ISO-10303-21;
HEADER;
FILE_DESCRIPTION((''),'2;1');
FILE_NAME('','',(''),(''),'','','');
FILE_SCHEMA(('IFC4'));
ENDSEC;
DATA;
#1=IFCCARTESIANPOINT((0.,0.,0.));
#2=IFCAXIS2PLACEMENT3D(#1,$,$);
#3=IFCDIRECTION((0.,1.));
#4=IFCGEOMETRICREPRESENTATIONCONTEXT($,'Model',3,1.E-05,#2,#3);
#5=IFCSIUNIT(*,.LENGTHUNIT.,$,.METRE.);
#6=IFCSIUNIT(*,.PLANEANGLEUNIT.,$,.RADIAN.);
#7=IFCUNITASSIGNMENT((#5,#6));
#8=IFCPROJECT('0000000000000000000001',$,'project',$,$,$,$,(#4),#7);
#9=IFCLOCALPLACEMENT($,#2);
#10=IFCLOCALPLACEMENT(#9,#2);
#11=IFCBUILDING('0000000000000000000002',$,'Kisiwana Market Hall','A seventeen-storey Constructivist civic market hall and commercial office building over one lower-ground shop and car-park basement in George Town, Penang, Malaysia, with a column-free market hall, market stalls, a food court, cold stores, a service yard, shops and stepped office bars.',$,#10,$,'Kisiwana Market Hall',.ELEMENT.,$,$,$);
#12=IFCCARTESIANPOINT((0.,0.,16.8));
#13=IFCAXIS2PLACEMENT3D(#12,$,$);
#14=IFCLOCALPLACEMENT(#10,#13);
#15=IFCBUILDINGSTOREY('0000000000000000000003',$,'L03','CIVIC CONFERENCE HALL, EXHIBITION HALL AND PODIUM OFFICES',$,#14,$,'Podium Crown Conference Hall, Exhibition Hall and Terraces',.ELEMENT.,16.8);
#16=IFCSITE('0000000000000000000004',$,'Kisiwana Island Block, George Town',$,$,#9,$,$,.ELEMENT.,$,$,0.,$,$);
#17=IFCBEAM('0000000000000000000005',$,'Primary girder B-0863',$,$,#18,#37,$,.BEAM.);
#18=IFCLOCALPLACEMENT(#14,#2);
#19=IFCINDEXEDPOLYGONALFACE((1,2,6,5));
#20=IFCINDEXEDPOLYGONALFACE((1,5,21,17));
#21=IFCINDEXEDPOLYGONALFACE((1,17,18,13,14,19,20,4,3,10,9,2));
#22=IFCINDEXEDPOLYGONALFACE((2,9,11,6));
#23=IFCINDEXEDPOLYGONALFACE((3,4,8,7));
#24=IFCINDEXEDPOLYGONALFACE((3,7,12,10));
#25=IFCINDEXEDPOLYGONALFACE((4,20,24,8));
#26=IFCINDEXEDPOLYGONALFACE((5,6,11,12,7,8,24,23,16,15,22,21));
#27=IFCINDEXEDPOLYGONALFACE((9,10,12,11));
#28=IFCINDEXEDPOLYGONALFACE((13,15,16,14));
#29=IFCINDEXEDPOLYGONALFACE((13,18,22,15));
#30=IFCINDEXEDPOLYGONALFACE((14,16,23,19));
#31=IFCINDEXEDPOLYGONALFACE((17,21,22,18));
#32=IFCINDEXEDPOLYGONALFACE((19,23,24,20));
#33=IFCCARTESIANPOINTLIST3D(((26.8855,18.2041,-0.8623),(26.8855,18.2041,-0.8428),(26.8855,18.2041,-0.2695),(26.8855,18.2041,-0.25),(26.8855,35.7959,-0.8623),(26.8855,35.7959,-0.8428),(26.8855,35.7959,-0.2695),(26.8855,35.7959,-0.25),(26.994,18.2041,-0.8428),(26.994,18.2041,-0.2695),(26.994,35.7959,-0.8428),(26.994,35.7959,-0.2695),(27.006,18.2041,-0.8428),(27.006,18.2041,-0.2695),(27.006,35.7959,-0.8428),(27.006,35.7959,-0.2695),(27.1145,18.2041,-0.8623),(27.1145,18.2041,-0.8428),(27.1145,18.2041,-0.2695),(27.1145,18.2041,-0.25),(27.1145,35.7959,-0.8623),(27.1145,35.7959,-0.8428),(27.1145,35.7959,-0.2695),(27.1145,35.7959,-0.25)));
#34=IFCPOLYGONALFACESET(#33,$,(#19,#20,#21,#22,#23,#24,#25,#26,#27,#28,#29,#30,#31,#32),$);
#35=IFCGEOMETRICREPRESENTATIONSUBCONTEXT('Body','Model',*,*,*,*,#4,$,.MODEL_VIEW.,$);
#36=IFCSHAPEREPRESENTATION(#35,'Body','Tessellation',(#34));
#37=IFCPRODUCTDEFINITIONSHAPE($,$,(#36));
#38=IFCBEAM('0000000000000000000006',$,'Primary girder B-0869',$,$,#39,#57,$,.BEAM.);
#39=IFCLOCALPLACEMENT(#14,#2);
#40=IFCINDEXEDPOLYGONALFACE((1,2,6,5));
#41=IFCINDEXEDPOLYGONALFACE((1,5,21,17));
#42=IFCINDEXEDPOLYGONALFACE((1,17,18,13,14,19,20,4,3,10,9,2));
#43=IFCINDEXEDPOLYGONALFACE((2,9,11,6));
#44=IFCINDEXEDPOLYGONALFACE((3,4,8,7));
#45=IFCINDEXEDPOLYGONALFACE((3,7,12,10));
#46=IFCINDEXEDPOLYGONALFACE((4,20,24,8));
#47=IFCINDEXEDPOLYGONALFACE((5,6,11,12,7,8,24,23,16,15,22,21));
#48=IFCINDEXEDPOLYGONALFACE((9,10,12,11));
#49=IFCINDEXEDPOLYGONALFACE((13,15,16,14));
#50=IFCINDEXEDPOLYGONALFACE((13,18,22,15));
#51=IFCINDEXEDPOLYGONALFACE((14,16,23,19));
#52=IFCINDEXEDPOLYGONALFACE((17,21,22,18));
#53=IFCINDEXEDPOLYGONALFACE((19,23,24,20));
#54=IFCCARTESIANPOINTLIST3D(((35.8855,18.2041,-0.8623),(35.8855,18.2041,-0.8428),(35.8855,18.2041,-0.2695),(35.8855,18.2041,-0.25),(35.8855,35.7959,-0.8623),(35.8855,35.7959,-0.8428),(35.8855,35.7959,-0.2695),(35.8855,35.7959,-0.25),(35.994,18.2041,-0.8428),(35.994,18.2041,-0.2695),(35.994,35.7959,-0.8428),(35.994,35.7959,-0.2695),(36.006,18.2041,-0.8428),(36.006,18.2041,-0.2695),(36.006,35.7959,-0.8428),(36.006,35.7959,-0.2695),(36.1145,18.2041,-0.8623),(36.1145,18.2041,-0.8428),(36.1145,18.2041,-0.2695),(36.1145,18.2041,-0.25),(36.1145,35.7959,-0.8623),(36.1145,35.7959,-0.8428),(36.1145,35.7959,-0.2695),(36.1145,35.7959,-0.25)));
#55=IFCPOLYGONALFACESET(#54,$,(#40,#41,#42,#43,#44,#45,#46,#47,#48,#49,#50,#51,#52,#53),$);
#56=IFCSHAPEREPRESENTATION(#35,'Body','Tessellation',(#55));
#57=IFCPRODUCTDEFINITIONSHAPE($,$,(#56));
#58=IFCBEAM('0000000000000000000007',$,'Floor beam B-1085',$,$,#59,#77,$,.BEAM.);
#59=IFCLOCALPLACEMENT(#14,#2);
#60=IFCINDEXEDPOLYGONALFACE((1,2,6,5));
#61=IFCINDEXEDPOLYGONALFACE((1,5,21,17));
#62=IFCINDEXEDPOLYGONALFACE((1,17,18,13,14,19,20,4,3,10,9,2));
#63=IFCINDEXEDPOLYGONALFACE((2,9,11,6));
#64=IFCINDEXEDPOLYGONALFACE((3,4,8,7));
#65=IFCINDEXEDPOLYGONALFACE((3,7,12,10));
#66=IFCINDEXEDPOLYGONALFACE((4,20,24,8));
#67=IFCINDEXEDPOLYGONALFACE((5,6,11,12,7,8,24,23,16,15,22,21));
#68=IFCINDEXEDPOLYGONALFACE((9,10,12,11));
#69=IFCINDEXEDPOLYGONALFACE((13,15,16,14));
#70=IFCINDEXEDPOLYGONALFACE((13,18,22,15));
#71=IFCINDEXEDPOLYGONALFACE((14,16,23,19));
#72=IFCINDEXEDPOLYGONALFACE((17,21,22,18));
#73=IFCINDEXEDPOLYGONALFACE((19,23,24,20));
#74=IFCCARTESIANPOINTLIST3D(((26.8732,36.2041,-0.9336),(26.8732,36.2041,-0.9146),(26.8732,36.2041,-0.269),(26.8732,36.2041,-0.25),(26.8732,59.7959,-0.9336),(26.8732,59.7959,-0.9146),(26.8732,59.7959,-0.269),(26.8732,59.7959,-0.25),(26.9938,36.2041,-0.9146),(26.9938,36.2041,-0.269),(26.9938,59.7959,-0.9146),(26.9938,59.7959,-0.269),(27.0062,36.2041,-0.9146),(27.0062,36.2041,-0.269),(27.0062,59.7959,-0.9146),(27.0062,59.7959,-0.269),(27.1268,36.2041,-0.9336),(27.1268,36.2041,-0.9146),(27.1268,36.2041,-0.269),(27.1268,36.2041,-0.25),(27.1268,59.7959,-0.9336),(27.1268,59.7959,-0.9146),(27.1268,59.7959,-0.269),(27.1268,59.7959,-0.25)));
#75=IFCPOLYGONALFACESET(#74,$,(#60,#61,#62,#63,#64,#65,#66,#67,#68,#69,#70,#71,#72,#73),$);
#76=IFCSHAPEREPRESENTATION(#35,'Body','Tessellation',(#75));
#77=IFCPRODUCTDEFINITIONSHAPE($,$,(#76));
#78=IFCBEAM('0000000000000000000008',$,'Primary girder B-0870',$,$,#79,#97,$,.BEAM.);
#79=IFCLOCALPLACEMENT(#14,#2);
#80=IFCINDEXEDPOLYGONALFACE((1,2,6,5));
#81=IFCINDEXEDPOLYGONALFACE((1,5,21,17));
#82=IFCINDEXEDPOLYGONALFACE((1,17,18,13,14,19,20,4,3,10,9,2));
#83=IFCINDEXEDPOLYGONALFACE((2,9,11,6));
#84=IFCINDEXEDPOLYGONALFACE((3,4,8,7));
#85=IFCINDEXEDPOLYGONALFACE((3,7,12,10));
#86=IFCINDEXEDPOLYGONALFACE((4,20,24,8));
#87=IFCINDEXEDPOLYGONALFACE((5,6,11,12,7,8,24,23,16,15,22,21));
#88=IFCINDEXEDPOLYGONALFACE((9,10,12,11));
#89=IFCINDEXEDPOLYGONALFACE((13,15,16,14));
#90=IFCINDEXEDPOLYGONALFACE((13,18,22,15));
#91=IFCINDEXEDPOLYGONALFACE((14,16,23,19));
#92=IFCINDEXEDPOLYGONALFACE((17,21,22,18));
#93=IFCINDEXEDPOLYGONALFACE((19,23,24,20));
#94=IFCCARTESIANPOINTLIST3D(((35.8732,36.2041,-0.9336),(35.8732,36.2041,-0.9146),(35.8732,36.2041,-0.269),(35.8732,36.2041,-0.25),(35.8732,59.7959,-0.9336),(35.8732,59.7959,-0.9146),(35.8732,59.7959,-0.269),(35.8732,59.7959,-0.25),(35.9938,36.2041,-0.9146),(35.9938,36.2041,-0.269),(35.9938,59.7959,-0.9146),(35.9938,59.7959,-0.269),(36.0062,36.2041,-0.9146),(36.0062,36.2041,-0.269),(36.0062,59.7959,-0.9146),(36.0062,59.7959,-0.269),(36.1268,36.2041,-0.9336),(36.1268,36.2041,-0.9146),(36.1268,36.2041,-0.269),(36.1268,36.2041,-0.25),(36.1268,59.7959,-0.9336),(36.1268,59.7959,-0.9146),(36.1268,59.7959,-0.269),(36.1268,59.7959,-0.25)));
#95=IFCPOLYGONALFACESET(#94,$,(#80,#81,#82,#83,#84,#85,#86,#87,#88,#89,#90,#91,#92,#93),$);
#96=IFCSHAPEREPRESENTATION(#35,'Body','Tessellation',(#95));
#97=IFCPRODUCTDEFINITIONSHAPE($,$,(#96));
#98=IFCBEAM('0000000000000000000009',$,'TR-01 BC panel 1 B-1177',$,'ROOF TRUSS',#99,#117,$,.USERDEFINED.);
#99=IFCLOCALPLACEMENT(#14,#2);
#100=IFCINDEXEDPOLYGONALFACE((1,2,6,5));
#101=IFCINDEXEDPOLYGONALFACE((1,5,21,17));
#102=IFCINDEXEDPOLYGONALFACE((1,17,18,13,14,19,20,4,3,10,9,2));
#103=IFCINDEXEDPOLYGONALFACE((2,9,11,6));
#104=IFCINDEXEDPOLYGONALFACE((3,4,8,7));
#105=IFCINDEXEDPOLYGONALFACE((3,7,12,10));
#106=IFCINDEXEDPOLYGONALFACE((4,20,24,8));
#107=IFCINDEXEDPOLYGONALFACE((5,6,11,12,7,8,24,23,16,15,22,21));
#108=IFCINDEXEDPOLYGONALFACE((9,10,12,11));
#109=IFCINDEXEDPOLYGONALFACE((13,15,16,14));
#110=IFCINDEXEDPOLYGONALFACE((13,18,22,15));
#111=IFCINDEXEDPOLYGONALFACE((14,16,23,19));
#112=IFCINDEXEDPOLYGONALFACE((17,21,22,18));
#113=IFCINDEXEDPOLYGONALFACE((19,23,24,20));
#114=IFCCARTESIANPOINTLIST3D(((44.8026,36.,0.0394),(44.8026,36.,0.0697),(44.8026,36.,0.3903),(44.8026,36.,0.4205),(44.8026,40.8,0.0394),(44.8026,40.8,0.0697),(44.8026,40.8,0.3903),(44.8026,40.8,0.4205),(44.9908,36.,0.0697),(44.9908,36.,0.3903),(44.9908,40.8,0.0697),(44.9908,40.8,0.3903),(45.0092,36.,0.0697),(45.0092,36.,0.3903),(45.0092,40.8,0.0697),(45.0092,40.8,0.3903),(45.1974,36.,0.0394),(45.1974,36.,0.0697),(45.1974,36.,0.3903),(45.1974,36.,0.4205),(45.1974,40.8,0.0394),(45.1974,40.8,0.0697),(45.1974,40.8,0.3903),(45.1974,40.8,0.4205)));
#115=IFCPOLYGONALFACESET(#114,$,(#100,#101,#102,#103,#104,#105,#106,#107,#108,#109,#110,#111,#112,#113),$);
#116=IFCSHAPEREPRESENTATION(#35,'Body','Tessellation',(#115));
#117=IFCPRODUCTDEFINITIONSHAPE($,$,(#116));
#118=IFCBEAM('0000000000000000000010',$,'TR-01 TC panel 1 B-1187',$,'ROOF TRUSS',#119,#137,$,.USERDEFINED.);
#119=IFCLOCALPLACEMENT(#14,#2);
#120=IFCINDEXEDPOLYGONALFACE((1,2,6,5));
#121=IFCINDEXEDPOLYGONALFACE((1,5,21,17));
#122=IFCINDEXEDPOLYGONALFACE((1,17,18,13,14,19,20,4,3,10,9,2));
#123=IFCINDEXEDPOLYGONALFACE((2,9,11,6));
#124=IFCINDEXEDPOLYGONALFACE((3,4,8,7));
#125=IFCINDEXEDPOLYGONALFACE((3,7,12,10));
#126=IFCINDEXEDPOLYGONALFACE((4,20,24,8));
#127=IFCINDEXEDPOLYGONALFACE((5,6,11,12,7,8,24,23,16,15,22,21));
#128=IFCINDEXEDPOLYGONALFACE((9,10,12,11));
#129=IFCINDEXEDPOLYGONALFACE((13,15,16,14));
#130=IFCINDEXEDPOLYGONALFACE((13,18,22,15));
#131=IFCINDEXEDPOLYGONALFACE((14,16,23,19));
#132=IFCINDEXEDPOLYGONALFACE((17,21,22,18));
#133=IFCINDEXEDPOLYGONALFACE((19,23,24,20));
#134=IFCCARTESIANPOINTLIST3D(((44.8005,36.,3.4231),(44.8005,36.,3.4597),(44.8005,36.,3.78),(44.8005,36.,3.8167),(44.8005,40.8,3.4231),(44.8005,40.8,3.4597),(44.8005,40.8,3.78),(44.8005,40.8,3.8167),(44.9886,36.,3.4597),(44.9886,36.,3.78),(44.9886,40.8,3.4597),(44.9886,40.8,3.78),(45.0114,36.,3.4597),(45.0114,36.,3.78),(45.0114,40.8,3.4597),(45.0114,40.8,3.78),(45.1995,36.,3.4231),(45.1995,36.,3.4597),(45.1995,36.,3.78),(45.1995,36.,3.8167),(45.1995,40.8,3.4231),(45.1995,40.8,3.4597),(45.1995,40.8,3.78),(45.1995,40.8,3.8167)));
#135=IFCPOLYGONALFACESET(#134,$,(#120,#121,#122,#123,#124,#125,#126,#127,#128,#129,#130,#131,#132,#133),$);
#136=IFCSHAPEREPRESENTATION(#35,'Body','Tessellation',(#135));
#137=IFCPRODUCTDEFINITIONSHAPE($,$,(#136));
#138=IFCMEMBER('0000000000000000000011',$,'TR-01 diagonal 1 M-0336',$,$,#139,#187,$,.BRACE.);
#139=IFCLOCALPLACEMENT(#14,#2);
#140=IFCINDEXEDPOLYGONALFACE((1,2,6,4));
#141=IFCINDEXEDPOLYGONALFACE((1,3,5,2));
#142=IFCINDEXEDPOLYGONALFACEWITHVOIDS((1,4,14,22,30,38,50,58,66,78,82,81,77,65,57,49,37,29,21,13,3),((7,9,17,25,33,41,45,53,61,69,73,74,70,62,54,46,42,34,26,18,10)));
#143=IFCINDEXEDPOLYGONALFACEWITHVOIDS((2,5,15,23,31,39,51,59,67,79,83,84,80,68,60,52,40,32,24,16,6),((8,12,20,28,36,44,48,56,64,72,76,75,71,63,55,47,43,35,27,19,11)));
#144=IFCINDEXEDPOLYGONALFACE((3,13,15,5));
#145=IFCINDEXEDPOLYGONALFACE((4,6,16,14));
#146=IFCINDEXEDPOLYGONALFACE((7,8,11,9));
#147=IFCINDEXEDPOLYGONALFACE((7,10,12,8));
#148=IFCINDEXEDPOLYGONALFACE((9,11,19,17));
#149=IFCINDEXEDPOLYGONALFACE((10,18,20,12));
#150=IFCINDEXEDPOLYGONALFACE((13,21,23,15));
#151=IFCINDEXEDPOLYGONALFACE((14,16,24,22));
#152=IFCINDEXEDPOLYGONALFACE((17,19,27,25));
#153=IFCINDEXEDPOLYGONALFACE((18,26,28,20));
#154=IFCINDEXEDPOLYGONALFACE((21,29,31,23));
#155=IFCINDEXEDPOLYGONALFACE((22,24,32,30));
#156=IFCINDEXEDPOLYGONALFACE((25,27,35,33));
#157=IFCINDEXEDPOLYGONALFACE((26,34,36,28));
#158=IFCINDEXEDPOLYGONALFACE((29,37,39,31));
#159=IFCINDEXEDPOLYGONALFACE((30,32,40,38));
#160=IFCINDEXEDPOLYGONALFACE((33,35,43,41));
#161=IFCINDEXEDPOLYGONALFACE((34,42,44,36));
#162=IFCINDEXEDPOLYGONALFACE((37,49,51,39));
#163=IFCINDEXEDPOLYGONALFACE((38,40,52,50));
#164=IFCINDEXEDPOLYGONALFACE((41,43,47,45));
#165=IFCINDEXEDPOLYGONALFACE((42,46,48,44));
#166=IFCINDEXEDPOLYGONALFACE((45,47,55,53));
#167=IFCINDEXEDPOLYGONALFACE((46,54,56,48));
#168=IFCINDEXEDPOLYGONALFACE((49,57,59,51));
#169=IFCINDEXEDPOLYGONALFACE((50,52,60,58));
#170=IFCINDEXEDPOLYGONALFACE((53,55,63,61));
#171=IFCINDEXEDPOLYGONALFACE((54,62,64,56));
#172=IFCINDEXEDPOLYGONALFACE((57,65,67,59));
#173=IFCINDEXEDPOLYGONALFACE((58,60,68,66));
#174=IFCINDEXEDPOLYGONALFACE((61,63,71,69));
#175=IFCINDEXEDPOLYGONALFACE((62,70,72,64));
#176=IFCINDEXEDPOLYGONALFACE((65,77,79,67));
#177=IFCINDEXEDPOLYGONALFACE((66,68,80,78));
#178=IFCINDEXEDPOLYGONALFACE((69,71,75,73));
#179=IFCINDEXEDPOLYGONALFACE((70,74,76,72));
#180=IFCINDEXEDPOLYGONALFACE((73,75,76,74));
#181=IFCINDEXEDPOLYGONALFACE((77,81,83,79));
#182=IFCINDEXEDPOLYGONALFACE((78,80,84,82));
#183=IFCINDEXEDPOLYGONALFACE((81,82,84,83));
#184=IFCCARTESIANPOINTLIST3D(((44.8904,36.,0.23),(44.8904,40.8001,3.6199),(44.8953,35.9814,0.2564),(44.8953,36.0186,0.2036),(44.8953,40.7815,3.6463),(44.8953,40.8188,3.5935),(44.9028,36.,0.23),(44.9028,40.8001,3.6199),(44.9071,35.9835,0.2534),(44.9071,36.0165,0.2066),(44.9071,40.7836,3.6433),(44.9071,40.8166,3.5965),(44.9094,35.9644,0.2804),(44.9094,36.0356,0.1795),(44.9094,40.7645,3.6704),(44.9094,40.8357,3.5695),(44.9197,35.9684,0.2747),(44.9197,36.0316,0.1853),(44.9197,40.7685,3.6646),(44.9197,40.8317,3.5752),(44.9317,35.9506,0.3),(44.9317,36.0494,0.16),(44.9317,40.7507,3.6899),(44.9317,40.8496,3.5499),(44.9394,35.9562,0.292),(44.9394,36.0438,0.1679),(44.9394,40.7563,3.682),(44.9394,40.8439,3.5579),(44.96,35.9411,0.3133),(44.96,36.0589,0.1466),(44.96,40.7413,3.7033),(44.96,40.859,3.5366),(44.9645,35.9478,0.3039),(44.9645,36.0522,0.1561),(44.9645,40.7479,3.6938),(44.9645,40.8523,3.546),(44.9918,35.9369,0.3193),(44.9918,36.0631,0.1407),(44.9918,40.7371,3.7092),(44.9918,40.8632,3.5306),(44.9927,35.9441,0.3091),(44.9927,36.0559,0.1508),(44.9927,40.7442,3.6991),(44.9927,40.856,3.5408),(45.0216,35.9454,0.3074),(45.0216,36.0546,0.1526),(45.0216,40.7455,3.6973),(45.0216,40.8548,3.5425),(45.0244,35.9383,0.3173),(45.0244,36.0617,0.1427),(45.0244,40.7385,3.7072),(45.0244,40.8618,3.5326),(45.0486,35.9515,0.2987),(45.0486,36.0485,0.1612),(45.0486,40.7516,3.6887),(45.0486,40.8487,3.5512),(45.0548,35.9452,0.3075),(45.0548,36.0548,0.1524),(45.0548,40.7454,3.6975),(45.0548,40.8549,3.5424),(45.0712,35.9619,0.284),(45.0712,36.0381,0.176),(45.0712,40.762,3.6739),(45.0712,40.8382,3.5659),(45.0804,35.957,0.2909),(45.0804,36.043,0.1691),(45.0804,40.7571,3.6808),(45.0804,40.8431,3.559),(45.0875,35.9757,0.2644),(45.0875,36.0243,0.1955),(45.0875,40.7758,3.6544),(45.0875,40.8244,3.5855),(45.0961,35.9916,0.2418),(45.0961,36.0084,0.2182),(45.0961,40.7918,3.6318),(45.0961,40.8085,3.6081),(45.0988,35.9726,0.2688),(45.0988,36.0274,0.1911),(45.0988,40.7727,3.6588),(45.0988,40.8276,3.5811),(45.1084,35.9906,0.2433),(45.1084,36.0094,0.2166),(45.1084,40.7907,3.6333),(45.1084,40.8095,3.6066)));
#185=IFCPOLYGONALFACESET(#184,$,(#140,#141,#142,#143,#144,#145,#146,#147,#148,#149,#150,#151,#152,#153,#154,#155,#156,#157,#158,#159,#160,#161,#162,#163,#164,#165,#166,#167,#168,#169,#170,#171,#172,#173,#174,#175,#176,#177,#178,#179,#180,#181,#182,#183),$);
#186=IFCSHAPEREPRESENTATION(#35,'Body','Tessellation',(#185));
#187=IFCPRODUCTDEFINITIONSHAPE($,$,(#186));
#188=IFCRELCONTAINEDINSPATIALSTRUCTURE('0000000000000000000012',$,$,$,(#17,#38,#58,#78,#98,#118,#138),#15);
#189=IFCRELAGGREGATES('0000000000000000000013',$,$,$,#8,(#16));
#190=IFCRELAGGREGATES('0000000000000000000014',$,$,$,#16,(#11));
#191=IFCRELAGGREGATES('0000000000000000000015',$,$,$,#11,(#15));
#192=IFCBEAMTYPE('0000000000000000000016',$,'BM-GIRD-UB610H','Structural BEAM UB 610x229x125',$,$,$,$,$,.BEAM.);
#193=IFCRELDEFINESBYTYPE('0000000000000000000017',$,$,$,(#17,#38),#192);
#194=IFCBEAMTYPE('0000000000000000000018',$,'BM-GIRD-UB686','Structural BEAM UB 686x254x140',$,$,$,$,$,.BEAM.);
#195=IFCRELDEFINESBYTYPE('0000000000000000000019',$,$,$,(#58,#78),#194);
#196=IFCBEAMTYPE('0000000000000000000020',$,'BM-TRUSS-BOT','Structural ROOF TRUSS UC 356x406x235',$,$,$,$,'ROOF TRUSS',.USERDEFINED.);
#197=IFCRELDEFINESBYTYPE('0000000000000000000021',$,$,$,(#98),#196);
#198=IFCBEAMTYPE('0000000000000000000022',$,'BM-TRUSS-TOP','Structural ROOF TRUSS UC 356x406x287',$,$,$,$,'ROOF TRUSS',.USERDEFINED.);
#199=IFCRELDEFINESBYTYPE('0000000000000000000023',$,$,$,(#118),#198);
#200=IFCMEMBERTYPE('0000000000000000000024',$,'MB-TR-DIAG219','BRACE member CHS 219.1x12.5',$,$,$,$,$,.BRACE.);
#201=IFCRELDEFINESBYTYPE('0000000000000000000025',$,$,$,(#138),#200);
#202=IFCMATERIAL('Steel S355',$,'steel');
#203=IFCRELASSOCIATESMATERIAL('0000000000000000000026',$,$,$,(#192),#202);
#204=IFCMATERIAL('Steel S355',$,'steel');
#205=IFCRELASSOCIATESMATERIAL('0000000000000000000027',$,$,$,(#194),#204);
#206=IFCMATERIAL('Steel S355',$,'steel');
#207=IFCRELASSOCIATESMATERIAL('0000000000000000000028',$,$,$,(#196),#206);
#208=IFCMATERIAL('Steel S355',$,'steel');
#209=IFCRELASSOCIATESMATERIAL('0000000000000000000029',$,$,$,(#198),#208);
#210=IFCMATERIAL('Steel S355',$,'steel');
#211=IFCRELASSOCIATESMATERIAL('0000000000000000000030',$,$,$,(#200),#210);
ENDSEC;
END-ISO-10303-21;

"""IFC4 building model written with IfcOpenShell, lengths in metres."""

from ifc_helpers import new_model, si_unit, direction, frame, origin, origin_2d, place, context, subcontext, project, spatial, hollow_circle, i_section, extrude, material, material_profile, profile_set, type_object, element, save


model = new_model("IFC4")

# Units and contexts
model_context = context("Model", 3, precision=1e-05, world=origin(), true_north=direction((0.0, 1.0)))
body_context = subcontext(model_context, "Body", "Model", "MODEL_VIEW")
ifc_project = project(units=[si_unit("LENGTHUNIT", "METRE"), si_unit("PLANEANGLEUNIT", "RADIAN")], contexts=[model_context])

# Site, building, storey
site_placement = place(None, origin())
site = spatial("IfcSite", under=ifc_project, at=site_placement, Name="Kisiwana Island Block, George Town", CompositionType="ELEMENT", RefElevation=0.0)
building_placement = place(site_placement, origin())
building = spatial("IfcBuilding", under=site, at=building_placement, Name="Kisiwana Market Hall", Description="A seventeen-storey Constructivist civic market hall and commercial office building over one lower-ground shop and car-park basement in George Town, Penang, Malaysia, with a column-free market hall, market stalls, a food court, cold stores, a service yard, shops and stepped office bars.", LongName="Kisiwana Market Hall", CompositionType="ELEMENT")
storey_placement = place(building_placement, frame((0.0, 0.0, 16.8)))
storey = spatial("IfcBuildingStorey", under=building, at=storey_placement, Name="L03", Description="CIVIC CONFERENCE HALL, EXHIBITION HALL AND PODIUM OFFICES", LongName="Podium Crown Conference Hall, Exhibition Hall and Terraces", CompositionType="ELEMENT", Elevation=16.8)

# Beams
ifc_material_1 = material(Name="Steel S355", Category="steel")
ifc_material_profile_1 = material_profile(ifc_material_1, i_section(OverallWidth=0.229, OverallDepth=0.6123, WebThickness=0.012, FlangeThickness=0.0195, at=origin_2d()), Name="UB 610x229x125")
ifc_profile_set_1 = profile_set([ifc_material_profile_1], Name="Steel S355")
beam_type_1 = type_object("IfcBeamType", Name="BM-GIRD-UB610H", Description="Structural BEAM UB 610x229x125", PredefinedType="BEAM", material=ifc_profile_set_1)
for number, where, z_axis, x_axis, name in (
    (1, (27.0, 18.2041, -0.5562), (0.0, 1.0, 0.0), (-1.0, 0.0, 0.0), "Primary girder B-0863"),
    (2, (36.0, 18.2041, -0.5562), (0.0, 1.0, 0.0), (-1.0, 0.0, 0.0), "Primary girder B-0869"),
):
    element("IfcBeam", number, at=place(storey_placement, frame(where, z_axis=z_axis, x_axis=x_axis)), inside=storey, type_object=beam_type_1, Name=name, PredefinedType="BEAM", context=body_context, shape_type="SweptSolid", body=[
        extrude(i_section(OverallWidth=0.229, OverallDepth=0.6123, WebThickness=0.012, FlangeThickness=0.0195, at=origin_2d()), origin(), (0.0, 0.0, 1.0), 17.5918),
    ])
ifc_material_2 = material(Name="Steel S355", Category="steel")
ifc_material_profile_2 = material_profile(ifc_material_2, i_section(OverallWidth=0.2537, OverallDepth=0.6836, WebThickness=0.0125, FlangeThickness=0.019, at=origin_2d()), Name="UB 686x254x140")
ifc_profile_set_2 = profile_set([ifc_material_profile_2], Name="Steel S355")
beam_type_2 = type_object("IfcBeamType", Name="BM-GIRD-UB686", Description="Structural BEAM UB 686x254x140", PredefinedType="BEAM", material=ifc_profile_set_2)
for number, where, z_axis, x_axis, name in (
    (3, (27.0, 36.2041, -0.5918), (0.0, 1.0, 0.0), (-1.0, 0.0, 0.0), "Floor beam B-1085"),
    (4, (36.0, 36.2041, -0.5918), (0.0, 1.0, 0.0), (-1.0, 0.0, 0.0), "Primary girder B-0870"),
):
    element("IfcBeam", number, at=place(storey_placement, frame(where, z_axis=z_axis, x_axis=x_axis)), inside=storey, type_object=beam_type_2, Name=name, PredefinedType="BEAM", context=body_context, shape_type="SweptSolid", body=[
        extrude(i_section(OverallWidth=0.2537, OverallDepth=0.6836, WebThickness=0.0125, FlangeThickness=0.019, at=origin_2d()), origin(), (0.0, 0.0, 1.0), 23.5918),
    ])
ifc_material_3 = material(Name="Steel S355", Category="steel")
ifc_material_profile_3 = material_profile(ifc_material_3, i_section(OverallWidth=0.3948, OverallDepth=0.3811, WebThickness=0.0183, FlangeThickness=0.0303, at=origin_2d()), Name="UC 356x406x235")
ifc_profile_set_3 = profile_set([ifc_material_profile_3], Name="Steel S355")
beam_type_3 = type_object("IfcBeamType", Name="BM-TRUSS-BOT", Description="Structural ROOF TRUSS UC 356x406x235", ElementType="ROOF TRUSS", PredefinedType="USERDEFINED", material=ifc_profile_set_3)
beam_1_placement = place(storey_placement, frame((45.0, 36.0, 0.23), z_axis=(0.0, 1.0, 0.0), x_axis=(-1.0, 0.0, 0.0)))
element("IfcBeam", 5, at=beam_1_placement, inside=storey, type_object=beam_type_3, Name="TR-01 BC panel 1 B-1177", ObjectType="ROOF TRUSS", PredefinedType="USERDEFINED", context=body_context, shape_type="SweptSolid", body=[
    extrude(i_section(OverallWidth=0.3948, OverallDepth=0.3811, WebThickness=0.0183, FlangeThickness=0.0303, at=origin_2d()), origin(), (0.0, 0.0, 1.0), 4.8),
])
ifc_material_4 = material(Name="Steel S355", Category="steel")
ifc_material_profile_4 = material_profile(ifc_material_4, i_section(OverallWidth=0.3989, OverallDepth=0.3936, WebThickness=0.0227, FlangeThickness=0.0366, at=origin_2d()), Name="UC 356x406x287")
ifc_profile_set_4 = profile_set([ifc_material_profile_4], Name="Steel S355")
beam_type_4 = type_object("IfcBeamType", Name="BM-TRUSS-TOP", Description="Structural ROOF TRUSS UC 356x406x287", ElementType="ROOF TRUSS", PredefinedType="USERDEFINED", material=ifc_profile_set_4)
beam_2_placement = place(storey_placement, frame((45.0, 36.0, 3.6199), z_axis=(0.0, 1.0, 0.0), x_axis=(-1.0, 0.0, 0.0)))
element("IfcBeam", 6, at=beam_2_placement, inside=storey, type_object=beam_type_4, Name="TR-01 TC panel 1 B-1187", ObjectType="ROOF TRUSS", PredefinedType="USERDEFINED", context=body_context, shape_type="SweptSolid", body=[
    extrude(i_section(OverallWidth=0.3989, OverallDepth=0.3936, WebThickness=0.0227, FlangeThickness=0.0366, at=origin_2d()), origin(), (0.0, 0.0, 1.0), 4.8),
])

# Member
ifc_material_5 = material(Name="Steel S355", Category="steel")
ifc_material_profile_5 = material_profile(ifc_material_5, hollow_circle(Radius=0.1096, WallThickness=0.0125, at=origin_2d()), Name="CHS 219.1x12.5")
ifc_profile_set_5 = profile_set([ifc_material_profile_5], Name="Steel S355")
member_type = type_object("IfcMemberType", Name="MB-TR-DIAG219", Description="BRACE member CHS 219.1x12.5", PredefinedType="BRACE", material=ifc_profile_set_5)
member_placement = place(storey_placement, frame((45.0, 36.0, 0.23), z_axis=(0.0, 0.816838, 0.576868), x_axis=(-1.0, 0.0, 0.0)))
element("IfcMember", 7, at=member_placement, inside=storey, type_object=member_type, Name="TR-01 diagonal 1 M-0336", PredefinedType="BRACE", context=body_context, shape_type="SweptSolid", body=[
    extrude(hollow_circle(Radius=0.1096, WallThickness=0.0125, at=origin_2d()), origin(), (0.0, 0.0, 1.0), 5.8765),
])

save(model, "model.ifc")
